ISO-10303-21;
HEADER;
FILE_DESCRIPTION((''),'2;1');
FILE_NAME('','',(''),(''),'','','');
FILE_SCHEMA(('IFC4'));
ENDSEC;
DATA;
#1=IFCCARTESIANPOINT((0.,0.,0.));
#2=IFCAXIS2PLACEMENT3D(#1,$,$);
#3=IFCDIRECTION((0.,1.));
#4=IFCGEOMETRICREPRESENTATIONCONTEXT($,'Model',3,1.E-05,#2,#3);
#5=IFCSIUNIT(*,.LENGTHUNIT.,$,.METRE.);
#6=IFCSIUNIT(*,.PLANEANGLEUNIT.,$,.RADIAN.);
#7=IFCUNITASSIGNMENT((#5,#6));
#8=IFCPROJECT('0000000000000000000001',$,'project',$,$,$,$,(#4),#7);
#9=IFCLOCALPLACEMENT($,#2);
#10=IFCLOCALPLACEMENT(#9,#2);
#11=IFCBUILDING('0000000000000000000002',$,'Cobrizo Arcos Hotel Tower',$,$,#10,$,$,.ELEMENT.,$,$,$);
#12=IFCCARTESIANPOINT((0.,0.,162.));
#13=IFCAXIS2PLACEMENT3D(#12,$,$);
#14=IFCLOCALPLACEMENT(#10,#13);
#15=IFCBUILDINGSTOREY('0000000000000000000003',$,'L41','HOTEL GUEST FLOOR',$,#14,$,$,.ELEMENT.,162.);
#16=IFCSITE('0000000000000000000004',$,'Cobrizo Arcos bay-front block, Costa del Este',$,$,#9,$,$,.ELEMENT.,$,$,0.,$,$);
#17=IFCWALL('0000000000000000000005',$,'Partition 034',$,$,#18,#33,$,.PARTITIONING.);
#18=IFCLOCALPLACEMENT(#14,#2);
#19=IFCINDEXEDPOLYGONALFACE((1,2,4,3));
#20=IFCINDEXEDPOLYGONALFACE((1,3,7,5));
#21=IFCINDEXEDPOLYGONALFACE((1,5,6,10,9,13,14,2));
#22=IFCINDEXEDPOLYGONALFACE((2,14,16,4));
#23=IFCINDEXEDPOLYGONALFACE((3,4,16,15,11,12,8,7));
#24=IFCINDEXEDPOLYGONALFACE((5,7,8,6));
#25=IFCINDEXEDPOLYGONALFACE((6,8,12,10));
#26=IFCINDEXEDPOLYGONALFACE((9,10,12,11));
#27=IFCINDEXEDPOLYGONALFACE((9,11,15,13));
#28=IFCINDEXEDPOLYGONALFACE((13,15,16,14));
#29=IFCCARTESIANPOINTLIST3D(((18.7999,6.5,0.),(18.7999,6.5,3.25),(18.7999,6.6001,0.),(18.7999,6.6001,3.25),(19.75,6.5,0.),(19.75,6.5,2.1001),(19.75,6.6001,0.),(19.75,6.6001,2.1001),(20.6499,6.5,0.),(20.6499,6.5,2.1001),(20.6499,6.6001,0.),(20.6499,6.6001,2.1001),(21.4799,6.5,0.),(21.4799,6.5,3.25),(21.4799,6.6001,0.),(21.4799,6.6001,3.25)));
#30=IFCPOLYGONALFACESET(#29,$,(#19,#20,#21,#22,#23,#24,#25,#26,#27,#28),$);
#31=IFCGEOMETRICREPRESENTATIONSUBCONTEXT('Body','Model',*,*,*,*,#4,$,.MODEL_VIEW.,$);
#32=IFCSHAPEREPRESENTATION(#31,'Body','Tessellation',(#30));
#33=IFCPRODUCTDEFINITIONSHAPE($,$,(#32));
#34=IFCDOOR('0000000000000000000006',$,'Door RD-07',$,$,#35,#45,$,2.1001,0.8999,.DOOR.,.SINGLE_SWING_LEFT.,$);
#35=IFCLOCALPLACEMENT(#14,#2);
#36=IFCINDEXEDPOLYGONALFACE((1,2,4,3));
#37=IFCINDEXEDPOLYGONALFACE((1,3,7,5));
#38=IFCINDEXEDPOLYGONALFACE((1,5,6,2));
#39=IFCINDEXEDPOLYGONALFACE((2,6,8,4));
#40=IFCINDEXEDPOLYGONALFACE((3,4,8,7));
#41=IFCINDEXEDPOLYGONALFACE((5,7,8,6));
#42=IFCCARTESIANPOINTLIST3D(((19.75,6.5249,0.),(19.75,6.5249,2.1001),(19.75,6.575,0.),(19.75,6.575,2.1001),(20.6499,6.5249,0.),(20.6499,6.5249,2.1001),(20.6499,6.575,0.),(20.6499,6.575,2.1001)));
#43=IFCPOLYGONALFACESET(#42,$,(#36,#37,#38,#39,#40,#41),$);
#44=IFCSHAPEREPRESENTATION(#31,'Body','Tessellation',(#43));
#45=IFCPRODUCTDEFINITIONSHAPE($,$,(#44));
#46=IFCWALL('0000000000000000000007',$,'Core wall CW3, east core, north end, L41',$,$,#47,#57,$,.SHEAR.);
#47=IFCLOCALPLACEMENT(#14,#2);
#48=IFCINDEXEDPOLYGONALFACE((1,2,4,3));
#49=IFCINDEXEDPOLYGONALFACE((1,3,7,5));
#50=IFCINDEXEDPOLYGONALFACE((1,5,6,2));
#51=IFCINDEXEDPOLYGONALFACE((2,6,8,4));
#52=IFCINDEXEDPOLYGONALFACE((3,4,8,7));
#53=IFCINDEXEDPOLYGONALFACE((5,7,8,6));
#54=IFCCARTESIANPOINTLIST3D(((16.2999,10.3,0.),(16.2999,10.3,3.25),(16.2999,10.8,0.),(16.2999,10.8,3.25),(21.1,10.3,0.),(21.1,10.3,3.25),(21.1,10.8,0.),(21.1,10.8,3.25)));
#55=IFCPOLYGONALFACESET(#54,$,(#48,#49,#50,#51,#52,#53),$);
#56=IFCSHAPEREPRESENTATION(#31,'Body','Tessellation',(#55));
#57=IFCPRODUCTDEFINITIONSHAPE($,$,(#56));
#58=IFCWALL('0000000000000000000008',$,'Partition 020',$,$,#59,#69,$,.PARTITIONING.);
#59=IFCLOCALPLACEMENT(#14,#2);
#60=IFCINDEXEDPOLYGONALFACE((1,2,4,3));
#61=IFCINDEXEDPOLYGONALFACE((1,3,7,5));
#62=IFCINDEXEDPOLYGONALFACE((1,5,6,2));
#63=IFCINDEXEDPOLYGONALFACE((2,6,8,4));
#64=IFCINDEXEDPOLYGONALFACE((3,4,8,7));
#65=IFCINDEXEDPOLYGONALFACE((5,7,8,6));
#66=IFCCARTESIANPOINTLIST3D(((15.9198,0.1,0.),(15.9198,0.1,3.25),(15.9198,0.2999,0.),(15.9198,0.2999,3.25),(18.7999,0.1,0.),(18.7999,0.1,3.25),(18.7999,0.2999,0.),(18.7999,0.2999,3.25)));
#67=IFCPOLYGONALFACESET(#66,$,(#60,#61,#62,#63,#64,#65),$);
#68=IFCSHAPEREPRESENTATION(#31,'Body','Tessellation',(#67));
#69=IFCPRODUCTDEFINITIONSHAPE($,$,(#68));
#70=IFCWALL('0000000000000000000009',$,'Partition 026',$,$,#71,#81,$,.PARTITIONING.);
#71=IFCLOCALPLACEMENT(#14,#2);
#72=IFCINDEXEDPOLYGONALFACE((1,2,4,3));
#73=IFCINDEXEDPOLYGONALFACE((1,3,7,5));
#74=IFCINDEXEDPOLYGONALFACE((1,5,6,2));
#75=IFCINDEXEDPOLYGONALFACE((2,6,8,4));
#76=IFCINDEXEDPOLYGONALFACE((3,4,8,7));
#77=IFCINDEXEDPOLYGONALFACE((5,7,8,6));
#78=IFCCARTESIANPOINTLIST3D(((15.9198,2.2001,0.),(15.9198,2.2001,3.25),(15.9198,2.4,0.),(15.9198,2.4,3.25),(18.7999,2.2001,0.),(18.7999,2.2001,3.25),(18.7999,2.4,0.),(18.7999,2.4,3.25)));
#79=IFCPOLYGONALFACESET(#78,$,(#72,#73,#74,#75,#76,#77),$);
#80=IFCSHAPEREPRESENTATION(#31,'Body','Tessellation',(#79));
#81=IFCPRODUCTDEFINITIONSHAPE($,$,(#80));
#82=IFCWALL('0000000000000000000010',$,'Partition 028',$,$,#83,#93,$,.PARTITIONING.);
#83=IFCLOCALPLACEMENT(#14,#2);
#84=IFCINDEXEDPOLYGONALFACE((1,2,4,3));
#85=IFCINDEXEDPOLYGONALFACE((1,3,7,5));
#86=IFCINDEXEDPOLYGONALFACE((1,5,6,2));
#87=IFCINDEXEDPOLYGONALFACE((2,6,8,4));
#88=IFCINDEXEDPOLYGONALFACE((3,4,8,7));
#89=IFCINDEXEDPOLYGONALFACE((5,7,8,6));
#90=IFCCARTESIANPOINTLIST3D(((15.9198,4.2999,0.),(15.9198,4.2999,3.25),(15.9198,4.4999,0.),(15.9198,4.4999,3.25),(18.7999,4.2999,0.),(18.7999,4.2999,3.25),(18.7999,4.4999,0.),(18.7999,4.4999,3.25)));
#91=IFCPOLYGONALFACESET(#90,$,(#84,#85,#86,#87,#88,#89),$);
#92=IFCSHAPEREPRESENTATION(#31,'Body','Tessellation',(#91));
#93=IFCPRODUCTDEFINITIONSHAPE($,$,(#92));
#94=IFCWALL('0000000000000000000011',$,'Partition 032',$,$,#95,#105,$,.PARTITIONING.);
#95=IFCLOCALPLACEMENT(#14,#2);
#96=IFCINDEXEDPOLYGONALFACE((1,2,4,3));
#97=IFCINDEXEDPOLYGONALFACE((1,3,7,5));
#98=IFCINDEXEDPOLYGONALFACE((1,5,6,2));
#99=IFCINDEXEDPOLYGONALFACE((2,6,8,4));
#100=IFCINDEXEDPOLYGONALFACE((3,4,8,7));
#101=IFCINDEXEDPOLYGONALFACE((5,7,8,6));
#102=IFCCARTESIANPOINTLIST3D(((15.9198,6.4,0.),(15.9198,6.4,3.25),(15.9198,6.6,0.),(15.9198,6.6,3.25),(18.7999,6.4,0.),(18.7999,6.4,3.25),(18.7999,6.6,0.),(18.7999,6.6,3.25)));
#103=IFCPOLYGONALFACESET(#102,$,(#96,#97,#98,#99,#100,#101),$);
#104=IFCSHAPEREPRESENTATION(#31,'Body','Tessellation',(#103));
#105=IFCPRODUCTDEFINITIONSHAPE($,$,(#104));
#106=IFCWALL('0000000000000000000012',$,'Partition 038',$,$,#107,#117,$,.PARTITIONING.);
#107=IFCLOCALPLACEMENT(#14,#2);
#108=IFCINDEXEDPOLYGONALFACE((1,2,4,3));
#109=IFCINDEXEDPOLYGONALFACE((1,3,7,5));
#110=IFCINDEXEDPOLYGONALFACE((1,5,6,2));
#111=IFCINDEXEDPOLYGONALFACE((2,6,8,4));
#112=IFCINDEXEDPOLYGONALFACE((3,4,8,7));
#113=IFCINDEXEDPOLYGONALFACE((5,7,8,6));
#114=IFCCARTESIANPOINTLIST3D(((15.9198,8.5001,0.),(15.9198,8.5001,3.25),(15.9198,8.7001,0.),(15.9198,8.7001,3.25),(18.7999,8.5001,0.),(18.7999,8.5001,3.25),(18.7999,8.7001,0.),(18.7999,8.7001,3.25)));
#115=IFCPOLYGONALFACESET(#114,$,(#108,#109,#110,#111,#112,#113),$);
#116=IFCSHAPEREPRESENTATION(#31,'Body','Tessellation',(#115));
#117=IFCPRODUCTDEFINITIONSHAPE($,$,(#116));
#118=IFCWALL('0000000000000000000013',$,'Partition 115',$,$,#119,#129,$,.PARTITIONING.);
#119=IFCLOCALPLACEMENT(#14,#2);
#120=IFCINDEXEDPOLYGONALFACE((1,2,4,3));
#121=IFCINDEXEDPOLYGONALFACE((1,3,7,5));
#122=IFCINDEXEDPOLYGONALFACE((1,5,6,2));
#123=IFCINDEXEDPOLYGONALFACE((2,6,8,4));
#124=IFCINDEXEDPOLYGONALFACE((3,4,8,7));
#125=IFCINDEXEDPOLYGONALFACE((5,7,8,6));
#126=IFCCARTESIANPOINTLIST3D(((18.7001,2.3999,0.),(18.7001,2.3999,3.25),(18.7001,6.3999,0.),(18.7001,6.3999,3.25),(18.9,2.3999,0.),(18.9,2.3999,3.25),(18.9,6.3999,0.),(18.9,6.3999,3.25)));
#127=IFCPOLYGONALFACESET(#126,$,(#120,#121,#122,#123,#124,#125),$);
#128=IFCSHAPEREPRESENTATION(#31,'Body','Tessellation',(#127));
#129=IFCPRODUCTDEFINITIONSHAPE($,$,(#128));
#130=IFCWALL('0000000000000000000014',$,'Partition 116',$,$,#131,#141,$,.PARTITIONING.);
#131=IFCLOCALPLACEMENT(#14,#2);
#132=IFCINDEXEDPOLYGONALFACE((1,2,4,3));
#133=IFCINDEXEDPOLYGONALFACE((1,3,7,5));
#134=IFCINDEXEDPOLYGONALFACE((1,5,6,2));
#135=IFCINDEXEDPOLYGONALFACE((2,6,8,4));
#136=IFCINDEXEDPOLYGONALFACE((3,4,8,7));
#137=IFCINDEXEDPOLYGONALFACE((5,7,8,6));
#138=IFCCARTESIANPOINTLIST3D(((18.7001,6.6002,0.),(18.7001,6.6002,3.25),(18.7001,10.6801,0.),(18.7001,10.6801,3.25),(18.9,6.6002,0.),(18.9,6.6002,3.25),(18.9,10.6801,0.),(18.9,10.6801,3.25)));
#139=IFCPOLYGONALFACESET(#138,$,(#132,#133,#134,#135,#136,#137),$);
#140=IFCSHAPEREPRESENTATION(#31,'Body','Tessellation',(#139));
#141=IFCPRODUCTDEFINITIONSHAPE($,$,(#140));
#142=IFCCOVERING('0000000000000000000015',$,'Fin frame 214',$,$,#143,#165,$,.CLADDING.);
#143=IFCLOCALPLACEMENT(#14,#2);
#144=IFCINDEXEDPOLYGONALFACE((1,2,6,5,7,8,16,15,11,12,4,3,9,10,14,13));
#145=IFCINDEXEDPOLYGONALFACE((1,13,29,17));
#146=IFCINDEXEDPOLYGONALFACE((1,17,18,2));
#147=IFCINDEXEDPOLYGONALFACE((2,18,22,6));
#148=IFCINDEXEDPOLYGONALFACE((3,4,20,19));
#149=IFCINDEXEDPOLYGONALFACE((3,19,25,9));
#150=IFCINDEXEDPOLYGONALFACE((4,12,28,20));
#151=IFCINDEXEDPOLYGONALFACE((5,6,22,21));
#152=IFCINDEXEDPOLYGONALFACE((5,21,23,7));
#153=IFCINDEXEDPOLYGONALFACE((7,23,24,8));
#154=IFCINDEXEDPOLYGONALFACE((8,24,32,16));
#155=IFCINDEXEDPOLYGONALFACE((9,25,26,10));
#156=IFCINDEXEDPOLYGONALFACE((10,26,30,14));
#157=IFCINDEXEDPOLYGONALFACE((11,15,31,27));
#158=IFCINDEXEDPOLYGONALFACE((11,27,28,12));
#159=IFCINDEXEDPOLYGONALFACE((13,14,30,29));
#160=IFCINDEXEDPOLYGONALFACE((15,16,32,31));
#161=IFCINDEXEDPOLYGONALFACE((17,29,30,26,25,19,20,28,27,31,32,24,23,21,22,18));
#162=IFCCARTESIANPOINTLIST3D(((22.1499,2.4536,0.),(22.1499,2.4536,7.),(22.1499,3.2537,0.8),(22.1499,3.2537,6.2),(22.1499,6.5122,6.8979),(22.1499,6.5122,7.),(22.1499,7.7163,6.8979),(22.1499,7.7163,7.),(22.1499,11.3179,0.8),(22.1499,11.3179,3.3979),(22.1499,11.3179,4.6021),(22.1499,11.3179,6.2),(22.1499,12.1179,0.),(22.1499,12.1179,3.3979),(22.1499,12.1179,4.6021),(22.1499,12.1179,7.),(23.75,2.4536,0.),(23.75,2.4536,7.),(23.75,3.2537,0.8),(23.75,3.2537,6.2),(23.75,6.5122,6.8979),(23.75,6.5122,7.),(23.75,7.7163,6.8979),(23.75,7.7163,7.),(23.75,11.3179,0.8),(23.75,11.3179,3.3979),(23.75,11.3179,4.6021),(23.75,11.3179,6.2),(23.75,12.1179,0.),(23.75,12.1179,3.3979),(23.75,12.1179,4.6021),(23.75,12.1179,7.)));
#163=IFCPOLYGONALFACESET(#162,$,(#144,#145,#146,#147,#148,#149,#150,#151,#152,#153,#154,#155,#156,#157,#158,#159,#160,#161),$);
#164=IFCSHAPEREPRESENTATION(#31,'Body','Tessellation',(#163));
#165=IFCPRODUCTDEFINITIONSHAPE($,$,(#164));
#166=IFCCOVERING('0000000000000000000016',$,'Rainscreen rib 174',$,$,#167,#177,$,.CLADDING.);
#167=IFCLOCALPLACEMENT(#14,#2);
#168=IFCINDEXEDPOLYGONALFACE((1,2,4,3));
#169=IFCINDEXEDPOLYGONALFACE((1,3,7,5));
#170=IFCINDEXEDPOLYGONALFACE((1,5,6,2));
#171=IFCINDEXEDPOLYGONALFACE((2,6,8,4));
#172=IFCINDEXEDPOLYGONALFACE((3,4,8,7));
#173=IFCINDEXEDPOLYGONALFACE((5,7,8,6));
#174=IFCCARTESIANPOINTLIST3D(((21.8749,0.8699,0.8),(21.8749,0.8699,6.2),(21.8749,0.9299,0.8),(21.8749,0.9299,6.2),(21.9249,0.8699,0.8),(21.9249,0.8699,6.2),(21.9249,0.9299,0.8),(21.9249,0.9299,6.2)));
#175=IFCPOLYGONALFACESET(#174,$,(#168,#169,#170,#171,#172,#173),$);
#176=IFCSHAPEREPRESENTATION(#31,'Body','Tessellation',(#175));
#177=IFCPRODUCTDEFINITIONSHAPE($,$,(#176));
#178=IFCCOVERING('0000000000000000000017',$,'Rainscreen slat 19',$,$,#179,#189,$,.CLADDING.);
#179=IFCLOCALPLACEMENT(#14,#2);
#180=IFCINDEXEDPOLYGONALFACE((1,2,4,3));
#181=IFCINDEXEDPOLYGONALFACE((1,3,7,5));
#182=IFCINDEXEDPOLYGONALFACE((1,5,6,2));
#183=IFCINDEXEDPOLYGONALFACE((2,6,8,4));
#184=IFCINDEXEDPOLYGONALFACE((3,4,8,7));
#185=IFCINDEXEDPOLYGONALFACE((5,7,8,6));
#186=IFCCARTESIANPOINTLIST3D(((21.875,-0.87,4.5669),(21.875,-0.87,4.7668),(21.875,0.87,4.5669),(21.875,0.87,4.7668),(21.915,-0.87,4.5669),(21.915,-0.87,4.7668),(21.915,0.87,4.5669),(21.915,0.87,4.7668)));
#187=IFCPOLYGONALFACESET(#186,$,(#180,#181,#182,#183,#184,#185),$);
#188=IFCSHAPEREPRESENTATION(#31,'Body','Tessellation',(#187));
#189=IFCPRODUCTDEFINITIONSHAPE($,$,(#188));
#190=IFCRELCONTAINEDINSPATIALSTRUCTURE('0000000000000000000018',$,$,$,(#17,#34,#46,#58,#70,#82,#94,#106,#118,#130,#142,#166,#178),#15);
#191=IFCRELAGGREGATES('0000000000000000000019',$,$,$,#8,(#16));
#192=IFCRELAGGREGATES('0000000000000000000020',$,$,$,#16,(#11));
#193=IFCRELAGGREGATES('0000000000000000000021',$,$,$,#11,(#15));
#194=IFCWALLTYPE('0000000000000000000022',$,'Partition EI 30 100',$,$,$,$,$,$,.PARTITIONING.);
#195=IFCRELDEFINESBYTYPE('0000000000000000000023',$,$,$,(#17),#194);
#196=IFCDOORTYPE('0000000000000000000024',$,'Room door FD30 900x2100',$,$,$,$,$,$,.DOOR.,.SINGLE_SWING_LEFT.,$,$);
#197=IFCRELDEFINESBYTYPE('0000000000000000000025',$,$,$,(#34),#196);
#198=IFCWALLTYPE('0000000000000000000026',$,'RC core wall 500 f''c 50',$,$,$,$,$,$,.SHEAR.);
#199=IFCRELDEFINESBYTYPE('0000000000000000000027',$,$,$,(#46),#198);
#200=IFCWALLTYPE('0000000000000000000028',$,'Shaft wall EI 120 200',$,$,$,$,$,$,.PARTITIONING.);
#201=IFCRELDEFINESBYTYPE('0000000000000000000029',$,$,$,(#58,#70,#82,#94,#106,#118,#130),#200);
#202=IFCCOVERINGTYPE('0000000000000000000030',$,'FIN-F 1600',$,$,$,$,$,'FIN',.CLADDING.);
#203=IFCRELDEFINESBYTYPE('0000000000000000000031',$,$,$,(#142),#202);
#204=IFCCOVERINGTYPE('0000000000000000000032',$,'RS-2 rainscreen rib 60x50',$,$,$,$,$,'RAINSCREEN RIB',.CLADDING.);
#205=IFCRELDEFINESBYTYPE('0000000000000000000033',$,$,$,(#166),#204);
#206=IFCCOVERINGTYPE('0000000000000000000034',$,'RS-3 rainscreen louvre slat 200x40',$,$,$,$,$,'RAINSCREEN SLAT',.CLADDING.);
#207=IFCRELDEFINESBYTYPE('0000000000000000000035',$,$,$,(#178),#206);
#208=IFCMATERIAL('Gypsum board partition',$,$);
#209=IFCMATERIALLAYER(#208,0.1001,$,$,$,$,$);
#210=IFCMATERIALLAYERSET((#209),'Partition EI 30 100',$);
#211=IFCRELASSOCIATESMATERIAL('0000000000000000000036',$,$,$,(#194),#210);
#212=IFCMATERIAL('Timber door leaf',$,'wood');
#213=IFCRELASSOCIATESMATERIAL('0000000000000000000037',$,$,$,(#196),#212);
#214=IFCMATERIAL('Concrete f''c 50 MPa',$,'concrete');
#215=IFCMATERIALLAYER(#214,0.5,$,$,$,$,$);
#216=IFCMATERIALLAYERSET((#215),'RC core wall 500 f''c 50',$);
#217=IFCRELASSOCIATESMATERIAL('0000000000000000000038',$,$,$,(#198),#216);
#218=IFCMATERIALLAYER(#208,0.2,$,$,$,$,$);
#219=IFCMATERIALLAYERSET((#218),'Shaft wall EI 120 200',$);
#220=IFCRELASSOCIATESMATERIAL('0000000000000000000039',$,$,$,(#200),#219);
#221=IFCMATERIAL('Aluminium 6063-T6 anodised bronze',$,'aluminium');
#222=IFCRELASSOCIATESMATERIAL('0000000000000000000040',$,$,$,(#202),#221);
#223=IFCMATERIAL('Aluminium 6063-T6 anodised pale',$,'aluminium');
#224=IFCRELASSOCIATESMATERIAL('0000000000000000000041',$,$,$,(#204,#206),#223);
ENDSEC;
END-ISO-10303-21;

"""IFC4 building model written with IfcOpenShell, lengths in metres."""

from ifc_helpers import new_model, si_unit, direction, frame, frame_2d, origin, origin_2d, place, context, subcontext, project, spatial, polyline, rectangle, outline, extrude, material, layer, layer_set, type_object, element, fill, save


model = new_model("IFC4")

# Units and contexts
model_context = context("Model", 3, precision=1e-05, world=origin(), true_north=direction((0.0, 1.0)))
body_context = subcontext(model_context, "Body", "Model", "MODEL_VIEW")
ifc_project = project(units=[si_unit("LENGTHUNIT", "METRE"), si_unit("PLANEANGLEUNIT", "RADIAN")], contexts=[model_context])

# Site, building, storey
site_placement = place(None, origin())
site = spatial("IfcSite", under=ifc_project, at=site_placement, Name="Cobrizo Arcos bay-front block, Costa del Este", CompositionType="ELEMENT", RefElevation=0.0)
building_placement = place(site_placement, origin())
building = spatial("IfcBuilding", under=site, at=building_placement, Name="Cobrizo Arcos Hotel Tower", CompositionType="ELEMENT")
storey_placement = place(building_placement, frame((0.0, 0.0, 162.0)))
storey = spatial("IfcBuildingStorey", under=building, at=storey_placement, Name="L41", Description="HOTEL GUEST FLOOR", CompositionType="ELEMENT", Elevation=162.0)

# Shared definitions
ifc_material_1 = material(Name="Aluminium 6063-T6 anodised bronze", Category="aluminium")

# Wall, opening, door
ifc_material_2 = material(Name="Gypsum board partition")
ifc_material_3 = material(Name="Timber door leaf", Category="wood")
ifc_layer_1 = layer(ifc_material_2, 0.1001)
ifc_layer_set_1 = layer_set([ifc_layer_1], Name="Partition EI 30 100")
wall_type_1 = type_object("IfcWallType", Name="Partition EI 30 100", PredefinedType="PARTITIONING", material=ifc_layer_set_1)
door_type_1 = type_object("IfcDoorType", Name="Room door FD30 900x2100", OperationType="SINGLE_SWING_LEFT", PredefinedType="DOOR", material=ifc_material_3)
wall_1_placement = place(storey_placement, frame((18.8, 6.55, 0.0), z_axis=(0.0, 0.0, 1.0), x_axis=(1.0, 0.0, 0.0)))
wall_1 = element("IfcWall", 1, at=wall_1_placement, inside=storey, type_object=wall_type_1, Name="Partition 034", PredefinedType="PARTITIONING", context=body_context, shape_type="SweptSolid", body=[
    extrude(rectangle(XDim=2.6799, YDim=0.1001, at=frame_2d((1.3398, 0.0))), origin(), (0.0, 0.0, 1.0), 3.25),
])
opening_1_placement = place(wall_1_placement, frame((0.95, 0.0, 0.0)))
opening_1 = element("IfcOpeningElement", 2, at=opening_1_placement, cuts=wall_1, PredefinedType="OPENING", context=body_context, shape_type="SweptSolid", body=[
    extrude(rectangle(XDim=0.8999, YDim=2.1001, at=frame_2d((0.45, 1.05))), frame((0.0, 0.062, 0.0), z_axis=(0.0, -1.0, 0.0), x_axis=(1.0, 0.0, 0.0)), (0.0, 0.0, 1.0), 0.124),
])
door_1_placement = place(opening_1_placement, origin())
door_1 = element("IfcDoor", 3, at=door_1_placement, inside=storey, type_object=door_type_1, Name="Door RD-07", OperationType="SINGLE_SWING_LEFT", OverallHeight=2.1001, OverallWidth=0.8999, PredefinedType="DOOR", context=body_context, shape_type="SweptSolid", body=[
    extrude(rectangle(XDim=0.8999, YDim=2.1001, at=frame_2d((0.45, 1.05))), frame((0.0, 0.0249, 0.0), z_axis=(0.0, -1.0, 0.0), x_axis=(1.0, 0.0, 0.0)), (0.0, 0.0, 1.0), 0.05),
])
fill(opening_1, door_1)

# Walls
ifc_material_4 = material(Name="Concrete f'c 50 MPa", Category="concrete")
ifc_layer_2 = layer(ifc_material_4, 0.5)
ifc_layer_set_2 = layer_set([ifc_layer_2], Name="RC core wall 500 f'c 50")
wall_type_2 = type_object("IfcWallType", Name="RC core wall 500 f'c 50", PredefinedType="SHEAR", material=ifc_layer_set_2)
wall_2_placement = place(storey_placement, frame((16.3, 10.55, 0.0), z_axis=(0.0, 0.0, 1.0), x_axis=(1.0, 0.0, 0.0)))
element("IfcWall", 4, at=wall_2_placement, inside=storey, type_object=wall_type_2, Name="Core wall CW3, east core, north end, L41", PredefinedType="SHEAR", context=body_context, shape_type="SweptSolid", body=[
    extrude(rectangle(XDim=4.8, YDim=0.5, at=frame_2d((2.3999, 0.0))), origin(), (0.0, 0.0, 1.0), 3.25),
])
ifc_layer_3 = layer(ifc_material_2, 0.2)
ifc_layer_set_3 = layer_set([ifc_layer_3], Name="Shaft wall EI 120 200")
wall_type_3 = type_object("IfcWallType", Name="Shaft wall EI 120 200", PredefinedType="PARTITIONING", material=ifc_layer_set_3)
for number, where, z_axis, x_axis, name in (
    (5, (15.9199, 0.2, 0.0), (0.0, 0.0, 1.0), (1.0, 0.0, 0.0), "Partition 020"),
    (6, (15.9199, 2.3, 0.0), (0.0, 0.0, 1.0), (1.0, 0.0, 0.0), "Partition 026"),
    (7, (15.9199, 4.3999, 0.0), (0.0, 0.0, 1.0), (1.0, 0.0, 0.0), "Partition 028"),
    (8, (15.9199, 6.5, 0.0), (0.0, 0.0, 1.0), (1.0, 0.0, 0.0), "Partition 032"),
    (9, (15.9199, 8.6001, 0.0), (0.0, 0.0, 1.0), (1.0, 0.0, 0.0), "Partition 038"),
):
    element("IfcWall", number, at=place(storey_placement, frame(where, z_axis=z_axis, x_axis=x_axis)), inside=storey, type_object=wall_type_3, Name=name, PredefinedType="PARTITIONING", context=body_context, shape_type="SweptSolid", body=[
        extrude(rectangle(XDim=2.8801, YDim=0.2, at=frame_2d((1.4399, 0.0))), origin(), (0.0, 0.0, 1.0), 3.25),
    ])
wall_3_placement = place(storey_placement, frame((18.8, 2.3999, 0.0), z_axis=(0.0, 0.0, 1.0), x_axis=(0.0, 1.0, 0.0)))
element("IfcWall", 10, at=wall_3_placement, inside=storey, type_object=wall_type_3, Name="Partition 115", PredefinedType="PARTITIONING", context=body_context, shape_type="SweptSolid", body=[
    extrude(rectangle(XDim=4.0, YDim=0.2, at=frame_2d((2.0, 0.0))), origin(), (0.0, 0.0, 1.0), 3.25),
])
wall_4_placement = place(storey_placement, frame((18.8, 6.6001, 0.0), z_axis=(0.0, 0.0, 1.0), x_axis=(0.0, 1.0, 0.0)))
element("IfcWall", 11, at=wall_4_placement, inside=storey, type_object=wall_type_3, Name="Partition 116", PredefinedType="PARTITIONING", context=body_context, shape_type="SweptSolid", body=[
    extrude(rectangle(XDim=4.0798, YDim=0.2, at=frame_2d((2.04, 0.0))), origin(), (0.0, 0.0, 1.0), 3.25),
])

# Coverings
covering_type_1 = type_object("IfcCoveringType", Name="FIN-F 1600", ElementType="FIN", PredefinedType="CLADDING", material=ifc_material_1)
covering_1_placement = place(storey_placement, frame((22.1499, 2.4536, 0.0), z_axis=(1.0, 0.0, 0.0), x_axis=(0.0, 1.0, 0.0)))
element("IfcCovering", 12, at=covering_1_placement, inside=storey, type_object=covering_type_1, Name="Fin frame 214", PredefinedType="CLADDING", context=body_context, shape_type="SweptSolid", body=[
    extrude(outline(polyline([(9.6643, 0.0), (9.6643, 3.3979), (8.8643, 3.3979), (8.8643, 0.8), (0.8, 0.8), (0.8, 6.2), (8.8643, 6.2), (8.8643, 4.6021), (9.6643, 4.6021), (9.6643, 7.0), (5.2627, 7.0), (5.2627, 6.8979), (4.0586, 6.8979), (4.0586, 7.0), (0.0, 7.0), (0.0, 0.0), (9.6643, 0.0)])), origin(), (0.0, 0.0, 1.0), 1.6001),
])
ifc_material_5 = material(Name="Aluminium 6063-T6 anodised pale", Category="aluminium")
covering_type_2 = type_object("IfcCoveringType", Name="RS-2 rainscreen rib 60x50", ElementType="RAINSCREEN RIB", PredefinedType="CLADDING", material=ifc_material_5)
covering_2_placement = place(storey_placement, frame((21.8999, 0.8999, 0.8), z_axis=(0.0, 0.0, 1.0), x_axis=(0.0, 1.0, 0.0)))
element("IfcCovering", 13, at=covering_2_placement, inside=storey, type_object=covering_type_2, Name="Rainscreen rib 174", PredefinedType="CLADDING", context=body_context, shape_type="SweptSolid", body=[
    extrude(rectangle(XDim=0.0601, YDim=0.05, at=origin_2d()), origin(), (0.0, 0.0, 1.0), 5.3999),
])
covering_type_3 = type_object("IfcCoveringType", Name="RS-3 rainscreen louvre slat 200x40", ElementType="RAINSCREEN SLAT", PredefinedType="CLADDING", material=ifc_material_5)
for number, where, z_axis, x_axis, name in (
    (14, (21.895, 0.0, 4.5669), (0.0, 0.0, 1.0), (0.0, 1.0, 0.0), "Rainscreen slat 19"),
):
    element("IfcCovering", number, at=place(storey_placement, frame(where, z_axis=z_axis, x_axis=x_axis)), inside=storey, type_object=covering_type_3, Name=name, PredefinedType="CLADDING", context=body_context, shape_type="SweptSolid", body=[
        extrude(rectangle(XDim=1.74, YDim=0.04, at=origin_2d()), origin(), (0.0, 0.0, 1.0), 0.2),
    ])

save(model, "model.ifc")
